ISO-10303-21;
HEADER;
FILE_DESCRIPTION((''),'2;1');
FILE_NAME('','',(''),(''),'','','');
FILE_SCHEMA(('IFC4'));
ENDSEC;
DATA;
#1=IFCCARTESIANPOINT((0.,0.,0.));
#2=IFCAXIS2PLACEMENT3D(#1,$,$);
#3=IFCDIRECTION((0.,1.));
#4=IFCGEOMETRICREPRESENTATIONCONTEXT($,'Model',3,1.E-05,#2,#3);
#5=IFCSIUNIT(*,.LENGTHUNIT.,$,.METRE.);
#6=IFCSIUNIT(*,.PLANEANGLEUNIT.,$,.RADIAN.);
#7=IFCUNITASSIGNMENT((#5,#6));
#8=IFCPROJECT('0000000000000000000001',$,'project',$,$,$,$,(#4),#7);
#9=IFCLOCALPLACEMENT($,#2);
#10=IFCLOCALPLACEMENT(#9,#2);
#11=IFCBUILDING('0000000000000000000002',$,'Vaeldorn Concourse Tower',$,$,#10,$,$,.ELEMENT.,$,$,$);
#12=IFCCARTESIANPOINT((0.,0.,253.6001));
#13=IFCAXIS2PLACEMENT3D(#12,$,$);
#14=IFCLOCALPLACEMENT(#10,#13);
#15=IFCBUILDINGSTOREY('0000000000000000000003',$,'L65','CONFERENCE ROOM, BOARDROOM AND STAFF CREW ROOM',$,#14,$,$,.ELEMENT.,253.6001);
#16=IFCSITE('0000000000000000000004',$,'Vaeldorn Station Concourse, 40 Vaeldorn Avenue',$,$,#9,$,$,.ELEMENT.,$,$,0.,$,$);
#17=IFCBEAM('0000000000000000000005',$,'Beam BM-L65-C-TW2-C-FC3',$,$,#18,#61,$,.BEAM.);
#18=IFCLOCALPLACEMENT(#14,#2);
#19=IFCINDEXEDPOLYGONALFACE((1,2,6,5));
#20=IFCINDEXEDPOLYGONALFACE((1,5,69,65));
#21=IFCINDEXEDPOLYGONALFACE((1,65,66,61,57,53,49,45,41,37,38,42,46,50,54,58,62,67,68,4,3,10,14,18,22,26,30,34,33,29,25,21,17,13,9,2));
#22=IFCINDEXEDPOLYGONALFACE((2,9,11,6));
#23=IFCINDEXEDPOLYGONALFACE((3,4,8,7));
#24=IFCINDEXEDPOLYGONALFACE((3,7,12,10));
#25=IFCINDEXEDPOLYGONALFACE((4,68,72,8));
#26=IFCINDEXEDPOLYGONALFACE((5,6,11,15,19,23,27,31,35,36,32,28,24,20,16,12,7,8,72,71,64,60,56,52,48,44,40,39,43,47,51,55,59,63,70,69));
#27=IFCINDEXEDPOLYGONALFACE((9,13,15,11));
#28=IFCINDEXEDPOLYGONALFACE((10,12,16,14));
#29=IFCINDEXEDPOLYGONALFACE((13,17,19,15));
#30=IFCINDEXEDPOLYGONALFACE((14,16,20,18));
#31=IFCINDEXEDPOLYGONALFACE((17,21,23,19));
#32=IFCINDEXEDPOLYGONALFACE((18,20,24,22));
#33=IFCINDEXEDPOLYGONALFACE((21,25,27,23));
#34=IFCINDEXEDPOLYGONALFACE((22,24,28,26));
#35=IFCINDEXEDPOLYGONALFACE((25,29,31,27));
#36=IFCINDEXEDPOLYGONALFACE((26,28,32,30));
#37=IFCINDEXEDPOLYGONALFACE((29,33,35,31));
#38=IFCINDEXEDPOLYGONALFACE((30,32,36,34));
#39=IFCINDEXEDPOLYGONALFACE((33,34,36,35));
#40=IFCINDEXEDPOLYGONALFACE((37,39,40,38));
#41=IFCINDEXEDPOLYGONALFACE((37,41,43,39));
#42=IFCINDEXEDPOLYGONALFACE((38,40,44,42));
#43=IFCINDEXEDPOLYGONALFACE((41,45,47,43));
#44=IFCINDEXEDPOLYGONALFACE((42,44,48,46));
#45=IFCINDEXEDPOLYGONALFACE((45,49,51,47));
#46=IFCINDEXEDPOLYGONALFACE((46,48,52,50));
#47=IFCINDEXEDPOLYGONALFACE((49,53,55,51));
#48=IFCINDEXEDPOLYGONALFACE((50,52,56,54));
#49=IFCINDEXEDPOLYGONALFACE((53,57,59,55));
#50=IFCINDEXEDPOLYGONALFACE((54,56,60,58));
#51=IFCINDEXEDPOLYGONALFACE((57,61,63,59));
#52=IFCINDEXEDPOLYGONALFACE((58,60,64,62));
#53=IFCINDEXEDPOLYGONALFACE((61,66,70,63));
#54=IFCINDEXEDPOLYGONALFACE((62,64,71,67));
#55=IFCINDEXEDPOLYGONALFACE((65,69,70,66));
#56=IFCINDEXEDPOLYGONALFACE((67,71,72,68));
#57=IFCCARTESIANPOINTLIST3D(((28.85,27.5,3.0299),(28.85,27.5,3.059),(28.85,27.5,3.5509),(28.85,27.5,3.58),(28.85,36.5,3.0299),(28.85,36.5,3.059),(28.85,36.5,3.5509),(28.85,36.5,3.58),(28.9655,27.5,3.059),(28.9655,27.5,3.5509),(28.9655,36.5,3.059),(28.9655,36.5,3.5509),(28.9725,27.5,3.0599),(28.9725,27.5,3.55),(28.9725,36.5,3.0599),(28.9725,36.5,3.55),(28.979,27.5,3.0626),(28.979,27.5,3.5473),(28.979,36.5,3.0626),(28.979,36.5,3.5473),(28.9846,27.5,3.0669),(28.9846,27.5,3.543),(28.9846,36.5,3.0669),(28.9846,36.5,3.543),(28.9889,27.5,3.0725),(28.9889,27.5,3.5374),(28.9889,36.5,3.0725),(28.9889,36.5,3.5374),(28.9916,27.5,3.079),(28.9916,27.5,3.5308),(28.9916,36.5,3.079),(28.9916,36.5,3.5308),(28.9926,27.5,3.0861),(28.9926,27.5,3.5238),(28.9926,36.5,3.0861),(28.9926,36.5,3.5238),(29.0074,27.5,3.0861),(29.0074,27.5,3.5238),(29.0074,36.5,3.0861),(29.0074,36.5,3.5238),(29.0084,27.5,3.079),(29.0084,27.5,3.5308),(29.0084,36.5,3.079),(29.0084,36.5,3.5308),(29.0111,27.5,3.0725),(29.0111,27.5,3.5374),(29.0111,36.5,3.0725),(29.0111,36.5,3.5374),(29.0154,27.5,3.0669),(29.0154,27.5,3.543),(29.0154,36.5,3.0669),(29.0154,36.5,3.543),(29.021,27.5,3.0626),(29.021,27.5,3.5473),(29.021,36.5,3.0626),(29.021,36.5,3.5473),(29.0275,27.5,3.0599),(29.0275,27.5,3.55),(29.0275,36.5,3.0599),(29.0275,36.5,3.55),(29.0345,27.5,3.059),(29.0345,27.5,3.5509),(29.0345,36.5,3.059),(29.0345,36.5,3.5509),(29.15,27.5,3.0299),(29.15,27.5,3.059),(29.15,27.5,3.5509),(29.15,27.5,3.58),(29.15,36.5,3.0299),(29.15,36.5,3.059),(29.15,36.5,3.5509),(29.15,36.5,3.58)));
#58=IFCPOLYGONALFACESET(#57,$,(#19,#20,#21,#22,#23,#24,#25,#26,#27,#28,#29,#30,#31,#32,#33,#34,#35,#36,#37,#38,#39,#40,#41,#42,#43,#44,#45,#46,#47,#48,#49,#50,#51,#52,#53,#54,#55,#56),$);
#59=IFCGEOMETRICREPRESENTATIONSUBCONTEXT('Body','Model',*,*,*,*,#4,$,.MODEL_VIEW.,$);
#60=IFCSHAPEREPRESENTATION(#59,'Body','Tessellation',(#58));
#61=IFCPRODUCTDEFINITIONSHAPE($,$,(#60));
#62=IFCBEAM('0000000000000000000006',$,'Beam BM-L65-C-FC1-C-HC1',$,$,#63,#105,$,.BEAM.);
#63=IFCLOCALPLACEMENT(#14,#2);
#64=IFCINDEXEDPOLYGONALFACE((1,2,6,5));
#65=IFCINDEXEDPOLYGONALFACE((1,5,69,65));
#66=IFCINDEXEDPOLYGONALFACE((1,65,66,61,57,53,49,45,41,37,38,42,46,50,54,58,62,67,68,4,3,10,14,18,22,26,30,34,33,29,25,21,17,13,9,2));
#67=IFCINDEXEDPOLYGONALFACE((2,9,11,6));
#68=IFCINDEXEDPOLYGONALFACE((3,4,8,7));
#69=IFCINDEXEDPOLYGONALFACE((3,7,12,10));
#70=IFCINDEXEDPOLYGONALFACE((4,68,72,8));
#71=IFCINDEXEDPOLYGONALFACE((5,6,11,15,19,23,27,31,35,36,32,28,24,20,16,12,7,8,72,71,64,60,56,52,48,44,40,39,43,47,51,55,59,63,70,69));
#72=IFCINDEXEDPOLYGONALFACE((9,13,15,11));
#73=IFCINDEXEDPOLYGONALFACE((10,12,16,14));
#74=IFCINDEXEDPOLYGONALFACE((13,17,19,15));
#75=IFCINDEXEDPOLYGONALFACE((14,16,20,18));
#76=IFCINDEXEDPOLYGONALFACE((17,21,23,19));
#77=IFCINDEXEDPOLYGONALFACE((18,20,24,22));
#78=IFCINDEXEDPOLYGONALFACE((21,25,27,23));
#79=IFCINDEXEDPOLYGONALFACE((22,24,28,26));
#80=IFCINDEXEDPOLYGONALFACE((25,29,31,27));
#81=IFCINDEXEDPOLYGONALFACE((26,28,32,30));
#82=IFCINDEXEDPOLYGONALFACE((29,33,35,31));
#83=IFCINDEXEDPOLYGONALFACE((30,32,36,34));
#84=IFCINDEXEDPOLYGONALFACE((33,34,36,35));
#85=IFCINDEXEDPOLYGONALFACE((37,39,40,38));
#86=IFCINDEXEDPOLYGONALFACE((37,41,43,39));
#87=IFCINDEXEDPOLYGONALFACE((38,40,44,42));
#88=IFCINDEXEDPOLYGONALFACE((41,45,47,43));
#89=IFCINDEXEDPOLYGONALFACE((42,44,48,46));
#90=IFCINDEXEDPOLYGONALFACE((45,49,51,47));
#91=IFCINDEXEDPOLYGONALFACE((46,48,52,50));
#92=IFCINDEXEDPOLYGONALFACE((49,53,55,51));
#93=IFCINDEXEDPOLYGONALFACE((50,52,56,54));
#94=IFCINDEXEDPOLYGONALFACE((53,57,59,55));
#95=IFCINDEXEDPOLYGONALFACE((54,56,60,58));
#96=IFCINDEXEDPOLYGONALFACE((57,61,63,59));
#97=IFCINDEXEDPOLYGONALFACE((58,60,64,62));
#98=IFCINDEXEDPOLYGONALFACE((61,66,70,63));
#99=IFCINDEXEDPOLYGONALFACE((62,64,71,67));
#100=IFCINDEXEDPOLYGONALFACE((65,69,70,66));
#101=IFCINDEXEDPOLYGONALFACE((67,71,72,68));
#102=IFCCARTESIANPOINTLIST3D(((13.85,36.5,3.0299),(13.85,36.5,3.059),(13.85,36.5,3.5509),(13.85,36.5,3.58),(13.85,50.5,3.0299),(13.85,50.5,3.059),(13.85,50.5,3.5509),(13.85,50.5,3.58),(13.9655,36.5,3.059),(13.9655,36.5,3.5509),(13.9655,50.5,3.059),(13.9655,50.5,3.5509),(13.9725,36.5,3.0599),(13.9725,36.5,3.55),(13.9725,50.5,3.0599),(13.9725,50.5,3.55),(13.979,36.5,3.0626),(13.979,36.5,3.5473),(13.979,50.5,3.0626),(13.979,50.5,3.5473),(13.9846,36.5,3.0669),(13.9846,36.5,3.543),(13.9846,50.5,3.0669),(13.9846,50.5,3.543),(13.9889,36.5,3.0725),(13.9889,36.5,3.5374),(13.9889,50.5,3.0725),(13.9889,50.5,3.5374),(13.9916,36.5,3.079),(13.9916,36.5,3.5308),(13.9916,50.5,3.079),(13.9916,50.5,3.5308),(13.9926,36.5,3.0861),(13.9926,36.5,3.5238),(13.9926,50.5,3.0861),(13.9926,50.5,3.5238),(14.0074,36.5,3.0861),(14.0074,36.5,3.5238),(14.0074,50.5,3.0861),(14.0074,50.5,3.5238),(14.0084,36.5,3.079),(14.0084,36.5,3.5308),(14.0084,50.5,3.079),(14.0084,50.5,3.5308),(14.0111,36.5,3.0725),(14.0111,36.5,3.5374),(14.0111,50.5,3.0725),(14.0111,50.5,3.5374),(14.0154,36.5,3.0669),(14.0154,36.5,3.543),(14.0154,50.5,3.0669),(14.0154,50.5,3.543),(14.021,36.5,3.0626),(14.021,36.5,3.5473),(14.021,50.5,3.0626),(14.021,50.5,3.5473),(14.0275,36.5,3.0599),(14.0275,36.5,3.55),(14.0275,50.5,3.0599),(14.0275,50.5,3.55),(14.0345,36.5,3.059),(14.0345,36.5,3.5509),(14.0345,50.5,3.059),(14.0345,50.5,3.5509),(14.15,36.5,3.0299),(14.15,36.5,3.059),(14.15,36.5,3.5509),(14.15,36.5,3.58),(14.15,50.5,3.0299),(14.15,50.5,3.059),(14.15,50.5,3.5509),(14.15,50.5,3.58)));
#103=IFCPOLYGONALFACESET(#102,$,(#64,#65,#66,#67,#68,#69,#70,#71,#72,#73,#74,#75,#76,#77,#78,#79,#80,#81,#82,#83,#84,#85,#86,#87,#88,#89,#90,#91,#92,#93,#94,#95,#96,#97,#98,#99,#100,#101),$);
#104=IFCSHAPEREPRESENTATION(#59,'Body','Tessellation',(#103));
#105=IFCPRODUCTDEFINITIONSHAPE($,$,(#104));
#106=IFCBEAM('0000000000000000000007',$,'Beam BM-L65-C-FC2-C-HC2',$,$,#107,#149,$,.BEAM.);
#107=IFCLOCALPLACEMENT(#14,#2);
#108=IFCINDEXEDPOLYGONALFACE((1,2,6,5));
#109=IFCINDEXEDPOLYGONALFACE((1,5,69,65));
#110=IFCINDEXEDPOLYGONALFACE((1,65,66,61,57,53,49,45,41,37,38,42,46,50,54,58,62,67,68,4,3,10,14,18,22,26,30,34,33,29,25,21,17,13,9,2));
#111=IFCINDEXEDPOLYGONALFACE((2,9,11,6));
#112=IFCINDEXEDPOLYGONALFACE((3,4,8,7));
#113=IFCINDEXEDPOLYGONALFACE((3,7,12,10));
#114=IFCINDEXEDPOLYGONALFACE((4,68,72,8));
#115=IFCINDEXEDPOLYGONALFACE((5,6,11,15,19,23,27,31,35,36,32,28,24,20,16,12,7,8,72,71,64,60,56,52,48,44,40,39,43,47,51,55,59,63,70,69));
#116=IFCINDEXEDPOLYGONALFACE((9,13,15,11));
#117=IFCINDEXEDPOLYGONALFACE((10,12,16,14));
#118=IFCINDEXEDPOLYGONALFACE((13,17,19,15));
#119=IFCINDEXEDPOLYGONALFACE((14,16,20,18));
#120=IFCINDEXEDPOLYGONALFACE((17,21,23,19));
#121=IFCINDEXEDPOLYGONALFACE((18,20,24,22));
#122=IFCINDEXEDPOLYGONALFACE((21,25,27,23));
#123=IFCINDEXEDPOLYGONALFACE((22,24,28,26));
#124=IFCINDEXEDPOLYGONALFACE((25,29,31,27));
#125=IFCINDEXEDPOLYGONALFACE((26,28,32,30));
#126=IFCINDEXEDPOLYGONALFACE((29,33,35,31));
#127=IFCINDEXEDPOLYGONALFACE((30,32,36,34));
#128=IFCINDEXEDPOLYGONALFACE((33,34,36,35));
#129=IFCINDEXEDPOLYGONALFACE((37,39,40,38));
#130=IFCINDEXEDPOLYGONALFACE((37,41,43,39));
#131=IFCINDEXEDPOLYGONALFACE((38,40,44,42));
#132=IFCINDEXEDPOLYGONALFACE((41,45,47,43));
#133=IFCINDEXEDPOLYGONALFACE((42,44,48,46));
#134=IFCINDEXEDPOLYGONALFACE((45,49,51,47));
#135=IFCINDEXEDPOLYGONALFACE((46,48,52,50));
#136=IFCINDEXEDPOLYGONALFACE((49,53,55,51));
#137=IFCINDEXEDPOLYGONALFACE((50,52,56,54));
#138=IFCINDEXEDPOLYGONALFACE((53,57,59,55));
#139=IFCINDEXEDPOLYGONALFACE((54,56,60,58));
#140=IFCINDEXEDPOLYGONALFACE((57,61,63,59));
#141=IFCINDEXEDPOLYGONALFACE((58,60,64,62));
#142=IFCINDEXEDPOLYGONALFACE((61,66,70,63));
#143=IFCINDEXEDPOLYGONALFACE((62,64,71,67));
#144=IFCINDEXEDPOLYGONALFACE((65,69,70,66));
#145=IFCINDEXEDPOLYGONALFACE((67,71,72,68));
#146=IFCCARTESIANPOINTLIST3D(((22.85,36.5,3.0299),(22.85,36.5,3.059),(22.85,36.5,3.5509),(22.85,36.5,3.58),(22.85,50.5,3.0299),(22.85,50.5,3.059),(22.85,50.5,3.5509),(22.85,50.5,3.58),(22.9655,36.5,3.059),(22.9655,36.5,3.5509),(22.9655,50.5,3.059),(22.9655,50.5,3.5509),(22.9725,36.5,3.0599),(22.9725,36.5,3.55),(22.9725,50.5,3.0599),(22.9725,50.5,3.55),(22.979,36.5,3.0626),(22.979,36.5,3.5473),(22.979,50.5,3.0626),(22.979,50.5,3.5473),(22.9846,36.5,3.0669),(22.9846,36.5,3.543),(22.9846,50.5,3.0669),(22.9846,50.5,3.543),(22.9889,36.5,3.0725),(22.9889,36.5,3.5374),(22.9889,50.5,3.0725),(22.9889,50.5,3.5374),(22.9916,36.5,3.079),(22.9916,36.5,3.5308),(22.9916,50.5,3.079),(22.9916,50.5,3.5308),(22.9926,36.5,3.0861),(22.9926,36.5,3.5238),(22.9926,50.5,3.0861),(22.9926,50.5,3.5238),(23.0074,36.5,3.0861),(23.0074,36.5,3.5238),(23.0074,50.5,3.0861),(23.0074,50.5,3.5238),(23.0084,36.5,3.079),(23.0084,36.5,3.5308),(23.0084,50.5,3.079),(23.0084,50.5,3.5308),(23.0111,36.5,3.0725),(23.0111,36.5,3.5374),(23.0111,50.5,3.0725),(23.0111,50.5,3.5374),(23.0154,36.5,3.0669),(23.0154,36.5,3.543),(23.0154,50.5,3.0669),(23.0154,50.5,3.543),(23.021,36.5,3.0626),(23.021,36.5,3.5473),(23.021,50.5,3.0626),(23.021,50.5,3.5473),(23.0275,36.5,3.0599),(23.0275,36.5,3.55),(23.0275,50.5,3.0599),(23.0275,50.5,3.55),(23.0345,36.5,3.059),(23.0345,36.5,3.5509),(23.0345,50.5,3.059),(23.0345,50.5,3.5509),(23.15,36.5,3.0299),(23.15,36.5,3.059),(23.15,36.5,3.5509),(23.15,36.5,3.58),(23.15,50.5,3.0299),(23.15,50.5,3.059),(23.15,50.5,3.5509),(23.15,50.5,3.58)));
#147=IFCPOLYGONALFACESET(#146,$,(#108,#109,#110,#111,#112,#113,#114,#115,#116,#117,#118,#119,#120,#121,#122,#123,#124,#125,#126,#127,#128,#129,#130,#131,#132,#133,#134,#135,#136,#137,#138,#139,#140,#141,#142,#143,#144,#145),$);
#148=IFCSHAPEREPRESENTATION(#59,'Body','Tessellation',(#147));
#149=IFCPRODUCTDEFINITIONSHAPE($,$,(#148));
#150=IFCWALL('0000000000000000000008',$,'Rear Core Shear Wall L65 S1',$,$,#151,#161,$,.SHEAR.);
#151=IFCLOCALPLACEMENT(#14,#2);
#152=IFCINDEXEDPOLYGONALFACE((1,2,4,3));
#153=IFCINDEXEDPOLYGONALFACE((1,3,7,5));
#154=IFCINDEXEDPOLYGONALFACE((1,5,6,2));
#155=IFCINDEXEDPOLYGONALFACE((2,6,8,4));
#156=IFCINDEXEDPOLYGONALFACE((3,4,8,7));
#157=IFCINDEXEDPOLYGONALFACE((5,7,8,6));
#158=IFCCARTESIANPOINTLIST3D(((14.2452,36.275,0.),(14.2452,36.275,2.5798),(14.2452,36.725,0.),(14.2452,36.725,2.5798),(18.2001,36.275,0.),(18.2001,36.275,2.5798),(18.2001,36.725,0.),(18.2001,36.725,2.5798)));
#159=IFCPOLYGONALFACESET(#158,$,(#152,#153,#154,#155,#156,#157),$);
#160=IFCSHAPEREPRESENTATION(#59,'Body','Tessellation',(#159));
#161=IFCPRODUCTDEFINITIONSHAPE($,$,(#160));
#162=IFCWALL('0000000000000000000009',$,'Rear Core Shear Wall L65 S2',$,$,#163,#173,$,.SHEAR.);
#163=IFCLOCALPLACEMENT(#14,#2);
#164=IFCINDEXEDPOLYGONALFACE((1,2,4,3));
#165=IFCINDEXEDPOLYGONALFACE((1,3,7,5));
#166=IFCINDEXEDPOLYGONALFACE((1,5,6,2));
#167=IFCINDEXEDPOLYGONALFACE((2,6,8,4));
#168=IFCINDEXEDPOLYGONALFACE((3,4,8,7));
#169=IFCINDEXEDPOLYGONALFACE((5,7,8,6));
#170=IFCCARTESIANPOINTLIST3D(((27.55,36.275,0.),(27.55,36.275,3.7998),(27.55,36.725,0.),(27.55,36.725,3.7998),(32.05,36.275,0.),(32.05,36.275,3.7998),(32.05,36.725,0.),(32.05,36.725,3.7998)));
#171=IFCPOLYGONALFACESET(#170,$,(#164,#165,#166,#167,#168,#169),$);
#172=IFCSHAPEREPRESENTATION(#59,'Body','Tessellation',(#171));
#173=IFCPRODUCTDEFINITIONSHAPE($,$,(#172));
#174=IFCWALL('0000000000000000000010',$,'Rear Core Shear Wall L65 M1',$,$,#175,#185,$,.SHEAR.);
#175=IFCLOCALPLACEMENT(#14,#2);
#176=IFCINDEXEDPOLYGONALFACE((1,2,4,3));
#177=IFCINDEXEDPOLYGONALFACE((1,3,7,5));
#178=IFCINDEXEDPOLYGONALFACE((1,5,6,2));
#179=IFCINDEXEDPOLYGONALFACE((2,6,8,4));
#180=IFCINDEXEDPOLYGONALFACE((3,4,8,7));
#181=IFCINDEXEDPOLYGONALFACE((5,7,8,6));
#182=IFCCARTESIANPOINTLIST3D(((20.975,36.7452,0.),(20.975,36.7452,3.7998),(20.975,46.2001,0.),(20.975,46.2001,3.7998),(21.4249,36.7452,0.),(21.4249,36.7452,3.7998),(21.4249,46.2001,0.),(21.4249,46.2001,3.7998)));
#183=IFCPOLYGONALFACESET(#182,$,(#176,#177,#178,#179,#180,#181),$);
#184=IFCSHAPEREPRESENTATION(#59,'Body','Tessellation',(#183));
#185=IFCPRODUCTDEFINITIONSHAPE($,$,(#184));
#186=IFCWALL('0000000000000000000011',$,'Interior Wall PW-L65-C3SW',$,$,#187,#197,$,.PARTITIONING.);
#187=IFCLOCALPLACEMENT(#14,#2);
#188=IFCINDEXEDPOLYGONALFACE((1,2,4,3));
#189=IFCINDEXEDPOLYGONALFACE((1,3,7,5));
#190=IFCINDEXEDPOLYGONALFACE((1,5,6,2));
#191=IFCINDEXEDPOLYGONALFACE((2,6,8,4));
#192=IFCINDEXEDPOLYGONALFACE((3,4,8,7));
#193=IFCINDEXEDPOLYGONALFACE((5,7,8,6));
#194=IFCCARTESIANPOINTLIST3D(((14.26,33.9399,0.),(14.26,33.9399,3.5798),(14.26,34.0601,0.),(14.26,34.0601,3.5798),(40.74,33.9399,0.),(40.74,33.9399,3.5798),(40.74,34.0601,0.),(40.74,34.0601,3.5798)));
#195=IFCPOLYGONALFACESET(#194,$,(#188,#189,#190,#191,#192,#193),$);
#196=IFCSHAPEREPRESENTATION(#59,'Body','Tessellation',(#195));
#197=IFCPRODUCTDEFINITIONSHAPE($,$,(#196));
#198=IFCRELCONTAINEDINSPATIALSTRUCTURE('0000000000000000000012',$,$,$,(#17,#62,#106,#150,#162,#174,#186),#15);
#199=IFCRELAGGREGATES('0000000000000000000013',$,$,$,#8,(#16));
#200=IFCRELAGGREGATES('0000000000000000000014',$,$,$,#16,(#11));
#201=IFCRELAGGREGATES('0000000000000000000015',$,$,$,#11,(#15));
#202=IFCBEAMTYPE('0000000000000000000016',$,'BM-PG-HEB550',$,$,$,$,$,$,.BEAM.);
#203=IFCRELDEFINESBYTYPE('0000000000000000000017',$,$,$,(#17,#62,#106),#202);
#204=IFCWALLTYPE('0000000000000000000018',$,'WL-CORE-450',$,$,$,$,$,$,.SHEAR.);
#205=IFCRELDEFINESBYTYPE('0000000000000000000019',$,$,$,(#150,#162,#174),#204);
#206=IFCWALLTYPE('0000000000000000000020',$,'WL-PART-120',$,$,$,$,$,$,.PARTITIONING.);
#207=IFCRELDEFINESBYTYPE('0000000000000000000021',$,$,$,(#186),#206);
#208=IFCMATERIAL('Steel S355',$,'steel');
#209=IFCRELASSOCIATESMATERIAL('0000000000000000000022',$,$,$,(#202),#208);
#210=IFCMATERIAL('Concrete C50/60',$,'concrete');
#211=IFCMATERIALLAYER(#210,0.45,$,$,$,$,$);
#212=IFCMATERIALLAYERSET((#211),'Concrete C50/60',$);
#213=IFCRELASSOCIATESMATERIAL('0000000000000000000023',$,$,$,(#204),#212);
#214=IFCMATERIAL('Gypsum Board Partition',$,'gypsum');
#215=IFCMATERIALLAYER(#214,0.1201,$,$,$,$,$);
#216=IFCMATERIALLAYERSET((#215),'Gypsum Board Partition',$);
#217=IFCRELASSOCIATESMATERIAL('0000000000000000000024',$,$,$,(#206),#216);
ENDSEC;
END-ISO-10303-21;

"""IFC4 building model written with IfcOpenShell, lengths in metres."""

from ifc_helpers import new_model, si_unit, direction, frame, frame_2d, origin, origin_2d, place, context, subcontext, project, spatial, rectangle, i_section, extrude, source, transform, mapped, material, layer, layer_set, material_profile, profile_set, type_object, element, save


model = new_model("IFC4")

# Units and contexts
model_context = context("Model", 3, precision=1e-05, world=origin(), true_north=direction((0.0, 1.0)))
body_context = subcontext(model_context, "Body", "Model", "MODEL_VIEW")
ifc_project = project(units=[si_unit("LENGTHUNIT", "METRE"), si_unit("PLANEANGLEUNIT", "RADIAN")], contexts=[model_context])

# Site, building, storey
site_placement = place(None, origin())
site = spatial("IfcSite", under=ifc_project, at=site_placement, Name="Vaeldorn Station Concourse, 40 Vaeldorn Avenue", CompositionType="ELEMENT", RefElevation=0.0)
building_placement = place(site_placement, origin())
building = spatial("IfcBuilding", under=site, at=building_placement, Name="Vaeldorn Concourse Tower", CompositionType="ELEMENT")
storey_placement = place(building_placement, frame((0.0, 0.0, 253.6001)))
storey = spatial("IfcBuildingStorey", under=building, at=storey_placement, Name="L65", Description="CONFERENCE ROOM, BOARDROOM AND STAFF CREW ROOM", CompositionType="ELEMENT", Elevation=253.6001)

# Beams
ifc_material_1 = material(Name="Concrete C50/60", Category="concrete")
ifc_material_2 = material(Name="Steel S355", Category="steel")
ifc_material_profile_1 = material_profile(ifc_material_2, i_section(OverallWidth=0.3, OverallDepth=0.55, WebThickness=0.0149, FlangeThickness=0.0291, FilletRadius=0.0271, at=origin_2d()), Name="HEB 550")
ifc_profile_set_1 = profile_set([ifc_material_profile_1], Name="Steel S355")
beam_type_1 = type_object("IfcBeamType", Name="BM-PG-HEB550", PredefinedType="BEAM", material=ifc_profile_set_1)
shared_shape_1 = source(origin(), body_context, "Body", "SweptSolid", [
    extrude(i_section(OverallWidth=0.3, OverallDepth=0.55, WebThickness=0.0149, FlangeThickness=0.0291, FilletRadius=0.0271, at=origin_2d()), origin(), (0.0, 0.0, 1.0), 9.0),
])
beam_1_placement = place(storey_placement, frame((29.0, 27.5, 3.3049), z_axis=(0.0, 1.0, 0.0), x_axis=(-1.0, 0.0, 0.0)))
element("IfcBeam", 1, at=beam_1_placement, inside=storey, type_object=beam_type_1, Name="Beam BM-L65-C-TW2-C-FC3", PredefinedType="BEAM", context=body_context, shape_type="MappedRepresentation", body=[
    mapped(shared_shape_1, transform((0.0, 0.0, 0.0), scale=1.0)),
])
shared_shape_2 = source(origin(), body_context, "Body", "SweptSolid", [
    extrude(i_section(OverallWidth=0.3, OverallDepth=0.55, WebThickness=0.0149, FlangeThickness=0.0291, FilletRadius=0.0271, at=origin_2d()), origin(), (0.0, 0.0, 1.0), 14.0),
])
for number, where, z_axis, x_axis, name in (
    (2, (14.0, 36.5, 3.3049), (0.0, 1.0, 0.0), (-1.0, 0.0, 0.0), "Beam BM-L65-C-FC1-C-HC1"),
    (3, (23.0, 36.5, 3.3049), (0.0, 1.0, 0.0), (-1.0, 0.0, 0.0), "Beam BM-L65-C-FC2-C-HC2"),
):
    element("IfcBeam", number, at=place(storey_placement, frame(where, z_axis=z_axis, x_axis=x_axis)), inside=storey, type_object=beam_type_1, Name=name, PredefinedType="BEAM", context=body_context, shape_type="MappedRepresentation", body=[
        mapped(shared_shape_2, transform((0.0, 0.0, 0.0), scale=1.0)),
    ])

# Walls
ifc_layer_1 = layer(ifc_material_1, 0.45)
ifc_layer_set_1 = layer_set([ifc_layer_1], Name="Concrete C50/60")
wall_type_1 = type_object("IfcWallType", Name="WL-CORE-450", PredefinedType="SHEAR", material=ifc_layer_set_1)
wall_1_placement = place(storey_placement, frame((14.2451, 36.5, 0.0), z_axis=(0.0, 0.0, 1.0), x_axis=(1.0, 0.0, 0.0)))
element("IfcWall", 4, at=wall_1_placement, inside=storey, type_object=wall_type_1, Name="Rear Core Shear Wall L65 S1", PredefinedType="SHEAR", context=body_context, shape_type="SweptSolid", body=[
    extrude(rectangle(XDim=3.9548, YDim=0.45, at=frame_2d((1.9775, 0.0))), origin(), (0.0, 0.0, 1.0), 2.5798),
])
wall_2_placement = place(storey_placement, frame((27.55, 36.5, 0.0), z_axis=(0.0, 0.0, 1.0), x_axis=(1.0, 0.0, 0.0)))
element("IfcWall", 5, at=wall_2_placement, inside=storey, type_object=wall_type_1, Name="Rear Core Shear Wall L65 S2", PredefinedType="SHEAR", context=body_context, shape_type="SweptSolid", body=[
    extrude(rectangle(XDim=4.5, YDim=0.45, at=frame_2d((2.25, 0.0))), origin(), (0.0, 0.0, 1.0), 3.7998),
])
wall_3_placement = place(storey_placement, frame((21.2, 36.7451, 0.0), z_axis=(0.0, 0.0, 1.0), x_axis=(0.0, 1.0, 0.0)))
element("IfcWall", 6, at=wall_3_placement, inside=storey, type_object=wall_type_1, Name="Rear Core Shear Wall L65 M1", PredefinedType="SHEAR", context=body_context, shape_type="SweptSolid", body=[
    extrude(rectangle(XDim=9.4548, YDim=0.45, at=frame_2d((4.7275, 0.0))), origin(), (0.0, 0.0, 1.0), 3.7998),
])
ifc_material_3 = material(Name="Gypsum Board Partition", Category="gypsum")
ifc_layer_2 = layer(ifc_material_3, 0.1201)
ifc_layer_set_2 = layer_set([ifc_layer_2], Name="Gypsum Board Partition")
wall_type_2 = type_object("IfcWallType", Name="WL-PART-120", PredefinedType="PARTITIONING", material=ifc_layer_set_2)
wall_4_placement = place(storey_placement, frame((14.26, 34.0, 0.0), z_axis=(0.0, 0.0, 1.0), x_axis=(1.0, 0.0, 0.0)))
element("IfcWall", 7, at=wall_4_placement, inside=storey, type_object=wall_type_2, Name="Interior Wall PW-L65-C3SW", PredefinedType="PARTITIONING", context=body_context, shape_type="SweptSolid", body=[
    extrude(rectangle(XDim=26.48, YDim=0.1201, at=frame_2d((13.24, 0.0))), origin(), (0.0, 0.0, 1.0), 3.5798),
])

save(model, "model.ifc")
